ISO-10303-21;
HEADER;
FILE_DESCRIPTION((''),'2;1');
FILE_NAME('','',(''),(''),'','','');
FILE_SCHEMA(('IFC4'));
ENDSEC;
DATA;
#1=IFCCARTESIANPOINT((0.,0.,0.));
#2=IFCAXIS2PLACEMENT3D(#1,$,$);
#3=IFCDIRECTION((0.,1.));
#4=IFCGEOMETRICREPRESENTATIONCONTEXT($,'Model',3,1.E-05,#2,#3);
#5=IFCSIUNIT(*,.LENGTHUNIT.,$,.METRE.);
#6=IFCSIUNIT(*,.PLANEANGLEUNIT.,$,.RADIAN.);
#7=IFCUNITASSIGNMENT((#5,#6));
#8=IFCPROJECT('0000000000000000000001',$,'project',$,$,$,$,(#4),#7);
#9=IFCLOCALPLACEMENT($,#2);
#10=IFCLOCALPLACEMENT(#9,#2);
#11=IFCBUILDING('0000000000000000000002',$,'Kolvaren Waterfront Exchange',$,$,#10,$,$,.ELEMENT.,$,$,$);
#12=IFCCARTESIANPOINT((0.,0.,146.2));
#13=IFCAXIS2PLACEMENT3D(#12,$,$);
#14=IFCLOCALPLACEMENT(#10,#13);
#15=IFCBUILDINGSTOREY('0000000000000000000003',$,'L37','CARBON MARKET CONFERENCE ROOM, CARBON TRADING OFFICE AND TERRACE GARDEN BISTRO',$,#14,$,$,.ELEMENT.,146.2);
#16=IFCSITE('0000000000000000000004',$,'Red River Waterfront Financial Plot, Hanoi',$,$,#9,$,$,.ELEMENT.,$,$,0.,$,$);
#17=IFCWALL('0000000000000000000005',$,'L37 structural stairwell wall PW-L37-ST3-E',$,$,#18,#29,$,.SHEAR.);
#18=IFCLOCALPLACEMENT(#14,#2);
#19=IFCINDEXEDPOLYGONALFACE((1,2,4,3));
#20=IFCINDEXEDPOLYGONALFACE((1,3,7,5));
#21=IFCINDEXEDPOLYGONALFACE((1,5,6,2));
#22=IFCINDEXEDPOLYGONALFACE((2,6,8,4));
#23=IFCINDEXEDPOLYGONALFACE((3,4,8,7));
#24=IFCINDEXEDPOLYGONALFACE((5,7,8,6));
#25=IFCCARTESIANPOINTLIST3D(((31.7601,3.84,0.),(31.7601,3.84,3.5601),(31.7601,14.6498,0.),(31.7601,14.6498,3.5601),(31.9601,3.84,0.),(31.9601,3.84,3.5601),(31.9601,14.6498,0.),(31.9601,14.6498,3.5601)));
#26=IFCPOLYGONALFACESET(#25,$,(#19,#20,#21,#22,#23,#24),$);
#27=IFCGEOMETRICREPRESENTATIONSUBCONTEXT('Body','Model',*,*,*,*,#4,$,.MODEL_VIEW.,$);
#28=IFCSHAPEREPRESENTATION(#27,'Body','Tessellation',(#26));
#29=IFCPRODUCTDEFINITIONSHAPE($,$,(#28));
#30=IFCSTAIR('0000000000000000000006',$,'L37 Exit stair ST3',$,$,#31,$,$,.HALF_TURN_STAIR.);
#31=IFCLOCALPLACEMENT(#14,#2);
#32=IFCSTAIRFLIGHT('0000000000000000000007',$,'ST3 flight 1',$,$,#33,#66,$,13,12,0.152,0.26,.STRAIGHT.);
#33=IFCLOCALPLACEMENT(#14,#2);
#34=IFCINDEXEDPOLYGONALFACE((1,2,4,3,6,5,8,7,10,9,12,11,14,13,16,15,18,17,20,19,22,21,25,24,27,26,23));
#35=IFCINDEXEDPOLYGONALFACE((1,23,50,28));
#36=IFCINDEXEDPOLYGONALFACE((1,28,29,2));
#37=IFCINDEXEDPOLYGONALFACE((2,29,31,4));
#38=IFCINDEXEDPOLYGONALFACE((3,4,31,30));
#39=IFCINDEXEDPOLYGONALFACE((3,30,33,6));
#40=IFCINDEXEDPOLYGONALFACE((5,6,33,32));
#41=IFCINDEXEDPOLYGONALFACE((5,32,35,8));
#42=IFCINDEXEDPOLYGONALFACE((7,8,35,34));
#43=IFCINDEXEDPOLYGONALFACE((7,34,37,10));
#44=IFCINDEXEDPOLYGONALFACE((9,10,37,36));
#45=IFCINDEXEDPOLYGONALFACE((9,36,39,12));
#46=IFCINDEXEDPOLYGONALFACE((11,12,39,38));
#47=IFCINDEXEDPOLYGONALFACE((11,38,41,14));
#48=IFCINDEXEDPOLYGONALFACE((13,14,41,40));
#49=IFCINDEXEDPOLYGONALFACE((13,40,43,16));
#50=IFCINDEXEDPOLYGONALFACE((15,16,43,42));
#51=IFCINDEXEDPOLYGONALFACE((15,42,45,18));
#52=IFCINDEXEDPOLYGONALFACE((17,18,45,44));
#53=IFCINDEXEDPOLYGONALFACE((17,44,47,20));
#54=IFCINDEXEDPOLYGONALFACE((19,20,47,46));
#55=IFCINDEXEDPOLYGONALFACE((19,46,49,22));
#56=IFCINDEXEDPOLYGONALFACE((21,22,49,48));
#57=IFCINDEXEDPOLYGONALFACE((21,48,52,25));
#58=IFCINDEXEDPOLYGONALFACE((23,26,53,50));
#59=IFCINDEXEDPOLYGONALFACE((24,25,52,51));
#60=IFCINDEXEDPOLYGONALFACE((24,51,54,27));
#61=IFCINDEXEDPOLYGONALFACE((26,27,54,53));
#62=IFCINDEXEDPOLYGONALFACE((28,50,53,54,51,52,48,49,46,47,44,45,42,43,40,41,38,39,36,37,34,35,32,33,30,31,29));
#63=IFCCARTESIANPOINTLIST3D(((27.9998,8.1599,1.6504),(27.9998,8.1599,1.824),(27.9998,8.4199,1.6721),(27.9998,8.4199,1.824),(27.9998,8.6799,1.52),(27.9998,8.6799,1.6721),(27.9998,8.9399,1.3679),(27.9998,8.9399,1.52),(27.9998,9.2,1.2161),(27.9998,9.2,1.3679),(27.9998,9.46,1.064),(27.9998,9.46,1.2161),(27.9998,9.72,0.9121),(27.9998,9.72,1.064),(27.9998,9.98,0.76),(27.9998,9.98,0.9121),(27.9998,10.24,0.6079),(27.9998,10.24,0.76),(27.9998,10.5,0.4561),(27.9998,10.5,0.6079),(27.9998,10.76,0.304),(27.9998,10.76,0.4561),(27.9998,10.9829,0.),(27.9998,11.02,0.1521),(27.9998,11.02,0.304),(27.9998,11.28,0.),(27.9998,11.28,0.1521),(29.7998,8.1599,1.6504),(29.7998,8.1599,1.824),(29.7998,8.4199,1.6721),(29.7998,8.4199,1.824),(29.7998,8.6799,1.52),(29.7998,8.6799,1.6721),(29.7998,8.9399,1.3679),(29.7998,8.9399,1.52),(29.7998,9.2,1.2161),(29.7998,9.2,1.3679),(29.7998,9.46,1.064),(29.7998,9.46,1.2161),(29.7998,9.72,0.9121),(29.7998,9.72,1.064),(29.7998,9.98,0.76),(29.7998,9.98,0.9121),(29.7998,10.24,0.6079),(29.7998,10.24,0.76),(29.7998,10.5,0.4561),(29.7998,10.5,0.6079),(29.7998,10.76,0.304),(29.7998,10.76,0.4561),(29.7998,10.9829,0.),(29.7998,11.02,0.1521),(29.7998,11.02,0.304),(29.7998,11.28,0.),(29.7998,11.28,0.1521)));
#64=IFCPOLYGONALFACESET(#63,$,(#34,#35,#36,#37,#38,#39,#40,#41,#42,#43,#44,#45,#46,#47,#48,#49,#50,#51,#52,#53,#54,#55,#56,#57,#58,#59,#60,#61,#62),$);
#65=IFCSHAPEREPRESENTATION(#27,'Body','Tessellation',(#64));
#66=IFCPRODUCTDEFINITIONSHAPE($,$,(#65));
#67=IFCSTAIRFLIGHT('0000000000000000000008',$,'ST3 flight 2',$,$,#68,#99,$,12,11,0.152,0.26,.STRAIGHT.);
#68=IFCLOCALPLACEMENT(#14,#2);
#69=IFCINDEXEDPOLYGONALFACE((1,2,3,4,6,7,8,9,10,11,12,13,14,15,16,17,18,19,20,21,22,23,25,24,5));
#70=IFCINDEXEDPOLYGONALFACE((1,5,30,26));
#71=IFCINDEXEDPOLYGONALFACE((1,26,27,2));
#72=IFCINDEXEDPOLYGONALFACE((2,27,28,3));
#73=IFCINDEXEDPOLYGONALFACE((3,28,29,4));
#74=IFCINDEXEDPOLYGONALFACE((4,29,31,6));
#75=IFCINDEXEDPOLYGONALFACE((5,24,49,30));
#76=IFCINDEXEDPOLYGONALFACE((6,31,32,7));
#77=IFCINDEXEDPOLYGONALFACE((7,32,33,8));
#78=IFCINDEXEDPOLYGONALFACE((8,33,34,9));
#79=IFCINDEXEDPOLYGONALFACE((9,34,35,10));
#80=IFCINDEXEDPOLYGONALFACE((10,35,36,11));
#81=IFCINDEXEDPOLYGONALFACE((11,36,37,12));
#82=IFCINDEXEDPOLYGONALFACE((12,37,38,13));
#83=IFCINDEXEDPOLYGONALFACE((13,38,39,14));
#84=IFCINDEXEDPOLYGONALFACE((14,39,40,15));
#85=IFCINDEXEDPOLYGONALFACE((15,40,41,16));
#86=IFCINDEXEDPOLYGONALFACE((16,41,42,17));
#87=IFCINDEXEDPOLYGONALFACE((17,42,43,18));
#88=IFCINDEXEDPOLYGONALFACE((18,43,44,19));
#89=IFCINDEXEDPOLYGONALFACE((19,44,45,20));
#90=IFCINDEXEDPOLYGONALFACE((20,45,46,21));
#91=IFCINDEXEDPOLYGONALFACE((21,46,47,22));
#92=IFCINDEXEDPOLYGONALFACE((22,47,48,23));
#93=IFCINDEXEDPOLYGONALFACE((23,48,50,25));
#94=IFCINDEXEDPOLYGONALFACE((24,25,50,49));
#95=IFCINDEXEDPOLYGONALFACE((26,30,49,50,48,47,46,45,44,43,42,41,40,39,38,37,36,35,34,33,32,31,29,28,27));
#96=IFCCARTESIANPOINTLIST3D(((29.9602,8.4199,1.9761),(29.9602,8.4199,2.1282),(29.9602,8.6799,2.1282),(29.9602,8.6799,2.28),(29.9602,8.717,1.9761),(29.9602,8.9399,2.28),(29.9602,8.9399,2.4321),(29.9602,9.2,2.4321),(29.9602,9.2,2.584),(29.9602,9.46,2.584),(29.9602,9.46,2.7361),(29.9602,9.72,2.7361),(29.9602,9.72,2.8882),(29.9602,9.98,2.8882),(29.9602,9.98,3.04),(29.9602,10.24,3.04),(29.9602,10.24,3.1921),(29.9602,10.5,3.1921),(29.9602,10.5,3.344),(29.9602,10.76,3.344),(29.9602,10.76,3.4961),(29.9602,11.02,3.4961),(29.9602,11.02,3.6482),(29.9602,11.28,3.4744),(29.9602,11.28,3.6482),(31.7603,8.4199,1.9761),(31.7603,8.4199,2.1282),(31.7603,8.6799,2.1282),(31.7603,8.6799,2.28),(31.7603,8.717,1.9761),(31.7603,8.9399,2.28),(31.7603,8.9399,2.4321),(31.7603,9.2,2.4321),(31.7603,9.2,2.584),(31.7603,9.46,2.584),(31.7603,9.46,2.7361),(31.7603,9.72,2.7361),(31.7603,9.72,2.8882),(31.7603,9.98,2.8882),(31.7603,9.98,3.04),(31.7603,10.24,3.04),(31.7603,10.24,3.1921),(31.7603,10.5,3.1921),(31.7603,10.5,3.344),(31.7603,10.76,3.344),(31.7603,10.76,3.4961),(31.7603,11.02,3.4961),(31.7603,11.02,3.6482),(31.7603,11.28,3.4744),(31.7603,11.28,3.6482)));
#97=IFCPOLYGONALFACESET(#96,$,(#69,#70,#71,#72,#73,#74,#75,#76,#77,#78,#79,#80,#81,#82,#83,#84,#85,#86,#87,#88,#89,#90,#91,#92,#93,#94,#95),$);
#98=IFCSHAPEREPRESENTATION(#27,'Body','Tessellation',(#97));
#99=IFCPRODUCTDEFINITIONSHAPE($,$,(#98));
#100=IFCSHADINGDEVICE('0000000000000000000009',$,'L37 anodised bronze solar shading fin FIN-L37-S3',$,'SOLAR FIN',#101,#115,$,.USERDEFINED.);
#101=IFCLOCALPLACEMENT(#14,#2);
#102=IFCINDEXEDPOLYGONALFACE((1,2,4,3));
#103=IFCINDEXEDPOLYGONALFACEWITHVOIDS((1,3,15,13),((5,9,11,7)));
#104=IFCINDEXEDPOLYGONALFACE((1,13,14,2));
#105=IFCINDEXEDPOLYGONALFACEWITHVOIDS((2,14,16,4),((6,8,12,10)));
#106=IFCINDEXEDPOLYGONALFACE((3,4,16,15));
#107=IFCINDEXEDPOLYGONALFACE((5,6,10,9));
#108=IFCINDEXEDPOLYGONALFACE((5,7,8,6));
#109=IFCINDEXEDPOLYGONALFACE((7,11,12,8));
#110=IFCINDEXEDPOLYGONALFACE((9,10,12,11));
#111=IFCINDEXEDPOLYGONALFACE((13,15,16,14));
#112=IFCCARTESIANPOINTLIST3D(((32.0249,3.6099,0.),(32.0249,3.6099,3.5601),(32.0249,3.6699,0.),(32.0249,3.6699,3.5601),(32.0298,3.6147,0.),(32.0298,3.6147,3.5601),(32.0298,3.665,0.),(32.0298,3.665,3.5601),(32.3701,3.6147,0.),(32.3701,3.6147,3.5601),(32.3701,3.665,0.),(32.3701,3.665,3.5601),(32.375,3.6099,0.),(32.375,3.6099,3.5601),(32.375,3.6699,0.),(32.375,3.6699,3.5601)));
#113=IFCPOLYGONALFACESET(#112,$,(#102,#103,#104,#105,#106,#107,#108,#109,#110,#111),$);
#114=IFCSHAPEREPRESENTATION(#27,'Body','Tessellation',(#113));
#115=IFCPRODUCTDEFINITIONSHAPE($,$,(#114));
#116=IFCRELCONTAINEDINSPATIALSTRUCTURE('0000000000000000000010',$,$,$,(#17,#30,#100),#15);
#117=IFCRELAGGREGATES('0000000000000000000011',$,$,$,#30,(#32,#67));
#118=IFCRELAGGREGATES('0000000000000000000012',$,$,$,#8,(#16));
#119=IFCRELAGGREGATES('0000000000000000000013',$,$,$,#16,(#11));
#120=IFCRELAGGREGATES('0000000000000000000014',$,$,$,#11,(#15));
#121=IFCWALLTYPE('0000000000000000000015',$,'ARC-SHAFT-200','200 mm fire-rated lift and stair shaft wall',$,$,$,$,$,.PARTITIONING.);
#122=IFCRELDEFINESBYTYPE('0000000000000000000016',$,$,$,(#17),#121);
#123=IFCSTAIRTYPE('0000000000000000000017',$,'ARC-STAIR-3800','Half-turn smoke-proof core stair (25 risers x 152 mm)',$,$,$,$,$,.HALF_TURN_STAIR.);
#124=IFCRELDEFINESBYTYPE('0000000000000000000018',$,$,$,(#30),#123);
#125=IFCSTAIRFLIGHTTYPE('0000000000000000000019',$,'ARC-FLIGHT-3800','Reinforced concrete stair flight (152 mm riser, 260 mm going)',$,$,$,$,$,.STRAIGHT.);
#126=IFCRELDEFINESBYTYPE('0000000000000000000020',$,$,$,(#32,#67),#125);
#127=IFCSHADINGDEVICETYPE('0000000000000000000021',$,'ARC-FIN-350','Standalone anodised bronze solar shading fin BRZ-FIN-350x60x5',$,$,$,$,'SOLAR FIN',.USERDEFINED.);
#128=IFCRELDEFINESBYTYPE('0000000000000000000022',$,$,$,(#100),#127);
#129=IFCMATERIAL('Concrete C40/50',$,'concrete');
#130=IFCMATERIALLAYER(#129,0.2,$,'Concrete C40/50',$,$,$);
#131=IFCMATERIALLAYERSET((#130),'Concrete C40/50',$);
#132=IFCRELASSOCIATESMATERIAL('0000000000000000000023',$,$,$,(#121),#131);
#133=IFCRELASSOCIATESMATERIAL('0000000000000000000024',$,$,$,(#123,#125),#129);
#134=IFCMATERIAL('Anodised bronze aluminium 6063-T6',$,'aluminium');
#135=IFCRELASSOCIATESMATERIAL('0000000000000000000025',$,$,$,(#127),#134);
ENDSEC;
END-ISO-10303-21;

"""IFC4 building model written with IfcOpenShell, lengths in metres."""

from ifc_helpers import new_model, si_unit, direction, frame, frame_2d, origin, origin_2d, place, context, subcontext, project, spatial, polyline, rectangle, hollow_rectangle, outline, extrude, material, layer, layer_set, material_profile, profile_set, type_object, element, aggregate, save


model = new_model("IFC4")

# Units and contexts
model_context = context("Model", 3, precision=1e-05, world=origin(), true_north=direction((0.0, 1.0)))
body_context = subcontext(model_context, "Body", "Model", "MODEL_VIEW")
ifc_project = project(units=[si_unit("LENGTHUNIT", "METRE"), si_unit("PLANEANGLEUNIT", "RADIAN")], contexts=[model_context])

# Site, building, storey
site_placement = place(None, origin())
site = spatial("IfcSite", under=ifc_project, at=site_placement, Name="Red River Waterfront Financial Plot, Hanoi", CompositionType="ELEMENT", RefElevation=0.0)
building_placement = place(site_placement, origin())
building = spatial("IfcBuilding", under=site, at=building_placement, Name="Kolvaren Waterfront Exchange", CompositionType="ELEMENT")
storey_placement = place(building_placement, frame((0.0, 0.0, 146.2)))
storey = spatial("IfcBuildingStorey", under=building, at=storey_placement, Name="L37", Description="CARBON MARKET CONFERENCE ROOM, CARBON TRADING OFFICE AND TERRACE GARDEN BISTRO", CompositionType="ELEMENT", Elevation=146.2)

# Shared definitions
ifc_material_1 = material(Name="Anodised bronze aluminium 6063-T6", Category="aluminium")

# Wall
ifc_material_2 = material(Name="Concrete C40/50", Category="concrete")
ifc_layer_1 = layer(ifc_material_2, 0.2, Name="Concrete C40/50")
ifc_layer_set_1 = layer_set([ifc_layer_1], Name="Concrete C40/50")
wall_type_1 = type_object("IfcWallType", Name="ARC-SHAFT-200", Description="200 mm fire-rated lift and stair shaft wall", PredefinedType="PARTITIONING", material=ifc_layer_set_1)
wall_1_placement = place(storey_placement, frame((31.8601, 3.8401, 0.0), z_axis=(0.0, 0.0, 1.0), x_axis=(0.0, 1.0, 0.0)))
element("IfcWall", 1, at=wall_1_placement, inside=storey, type_object=wall_type_1, Name="L37 structural stairwell wall PW-L37-ST3-E", PredefinedType="SHEAR", context=body_context, shape_type="SweptSolid", body=[
    extrude(rectangle(XDim=10.8098, YDim=0.2, at=frame_2d((5.4048, 0.0))), origin(), (0.0, 0.0, 1.0), 3.5601),
])

# Stair, stair flights
stair_type = type_object("IfcStairType", Name="ARC-STAIR-3800", Description="Half-turn smoke-proof core stair (25 risers x 152 mm)", PredefinedType="HALF_TURN_STAIR", material=ifc_material_2)
stair_placement = place(storey_placement, origin())
stair = element("IfcStair", 2, at=stair_placement, inside=storey, type_object=stair_type, Name="L37 Exit stair ST3", PredefinedType="HALF_TURN_STAIR")
stair_flight_type = type_object("IfcStairFlightType", Name="ARC-FLIGHT-3800", Description="Reinforced concrete stair flight (152 mm riser, 260 mm going)", PredefinedType="STRAIGHT", material=ifc_material_2)
stair_flight_1_placement = place(storey_placement, frame((28.8999, 11.28, 0.0), z_axis=(0.0, 0.0, 1.0), x_axis=(0.0, -1.0, 0.0)))
stair_flight_1 = element("IfcStairFlight", 3, at=stair_flight_1_placement, type_object=stair_flight_type, Name="ST3 flight 1", NumberOfRisers=13, NumberOfTreads=12, PredefinedType="STRAIGHT", RiserHeight=0.152, TreadLength=0.26, context=body_context, shape_type="SweptSolid", body=[
    extrude(outline(polyline([(0.0, 0.0), (0.0, 0.1521), (0.26, 0.1521), (0.26, 0.304), (0.52, 0.304), (0.52, 0.4561), (0.78, 0.4561), (0.78, 0.6079), (1.04, 0.6079), (1.04, 0.76), (1.3, 0.76), (1.3, 0.9121), (1.5601, 0.9121), (1.5601, 1.064), (1.8201, 1.064), (1.8201, 1.2161), (2.0801, 1.2161), (2.0801, 1.3679), (2.3401, 1.3679), (2.3401, 1.52), (2.6001, 1.52), (2.6001, 1.6721), (2.8601, 1.6721), (2.8601, 1.824), (3.1201, 1.824), (3.1201, 1.9761), (3.1201, 1.6504), (0.2971, 0.0), (0.0, 0.0)])), frame((0.0, 0.8999, 0.0), z_axis=(0.0, -1.0, 0.0), x_axis=(1.0, 0.0, 0.0)), (0.0, 0.0, 1.0), 1.8),
])
stair_flight_2_placement = place(storey_placement, frame((30.8601, 8.4199, 1.9761), z_axis=(0.0, 0.0, 1.0), x_axis=(0.0, 1.0, 0.0)))
stair_flight_2 = element("IfcStairFlight", 4, at=stair_flight_2_placement, type_object=stair_flight_type, Name="ST3 flight 2", NumberOfRisers=12, NumberOfTreads=11, PredefinedType="STRAIGHT", RiserHeight=0.152, TreadLength=0.26, context=body_context, shape_type="SweptSolid", body=[
    extrude(outline(polyline([(0.0, 0.0), (0.0, 0.1521), (0.26, 0.1521), (0.26, 0.304), (0.52, 0.304), (0.52, 0.4561), (0.78, 0.4561), (0.78, 0.6079), (1.04, 0.6079), (1.04, 0.76), (1.3, 0.76), (1.3, 0.9121), (1.5601, 0.9121), (1.5601, 1.064), (1.8201, 1.064), (1.8201, 1.2161), (2.0801, 1.2161), (2.0801, 1.3679), (2.3401, 1.3679), (2.3401, 1.52), (2.6001, 1.52), (2.6001, 1.6721), (2.8601, 1.6721), (2.8601, 1.824), (2.8601, 1.4983), (0.2971, 0.0), (0.0, 0.0)])), frame((0.0, 0.8999, 0.0), z_axis=(0.0, -1.0, 0.0), x_axis=(1.0, 0.0, 0.0)), (0.0, 0.0, 1.0), 1.8),
])
aggregate(stair, [stair_flight_1, stair_flight_2])

# Shading device
ifc_material_profile_1 = material_profile(ifc_material_1, hollow_rectangle(XDim=0.0601, YDim=0.3501, WallThickness=0.0049, at=origin_2d()), Name="BRZ-FIN-350x60x5")
ifc_profile_set_1 = profile_set([ifc_material_profile_1], Name="Anodised bronze aluminium 6063-T6")
shading_device_type = type_object("IfcShadingDeviceType", Name="ARC-FIN-350", Description="Standalone anodised bronze solar shading fin BRZ-FIN-350x60x5", ElementType="SOLAR FIN", PredefinedType="USERDEFINED", material=ifc_profile_set_1)
shading_device_placement = place(storey_placement, frame((32.2, 3.6399, 0.0), z_axis=(0.0, 0.0, 1.0), x_axis=(0.0, -1.0, 0.0)))
element("IfcShadingDevice", 5, at=shading_device_placement, inside=storey, type_object=shading_device_type, Name="L37 anodised bronze solar shading fin FIN-L37-S3", ObjectType="SOLAR FIN", PredefinedType="USERDEFINED", context=body_context, shape_type="SweptSolid", body=[
    extrude(hollow_rectangle(XDim=0.0601, YDim=0.3501, WallThickness=0.0049, at=origin_2d()), origin(), (0.0, 0.0, 1.0), 3.5601),
])

save(model, "model.ifc")
